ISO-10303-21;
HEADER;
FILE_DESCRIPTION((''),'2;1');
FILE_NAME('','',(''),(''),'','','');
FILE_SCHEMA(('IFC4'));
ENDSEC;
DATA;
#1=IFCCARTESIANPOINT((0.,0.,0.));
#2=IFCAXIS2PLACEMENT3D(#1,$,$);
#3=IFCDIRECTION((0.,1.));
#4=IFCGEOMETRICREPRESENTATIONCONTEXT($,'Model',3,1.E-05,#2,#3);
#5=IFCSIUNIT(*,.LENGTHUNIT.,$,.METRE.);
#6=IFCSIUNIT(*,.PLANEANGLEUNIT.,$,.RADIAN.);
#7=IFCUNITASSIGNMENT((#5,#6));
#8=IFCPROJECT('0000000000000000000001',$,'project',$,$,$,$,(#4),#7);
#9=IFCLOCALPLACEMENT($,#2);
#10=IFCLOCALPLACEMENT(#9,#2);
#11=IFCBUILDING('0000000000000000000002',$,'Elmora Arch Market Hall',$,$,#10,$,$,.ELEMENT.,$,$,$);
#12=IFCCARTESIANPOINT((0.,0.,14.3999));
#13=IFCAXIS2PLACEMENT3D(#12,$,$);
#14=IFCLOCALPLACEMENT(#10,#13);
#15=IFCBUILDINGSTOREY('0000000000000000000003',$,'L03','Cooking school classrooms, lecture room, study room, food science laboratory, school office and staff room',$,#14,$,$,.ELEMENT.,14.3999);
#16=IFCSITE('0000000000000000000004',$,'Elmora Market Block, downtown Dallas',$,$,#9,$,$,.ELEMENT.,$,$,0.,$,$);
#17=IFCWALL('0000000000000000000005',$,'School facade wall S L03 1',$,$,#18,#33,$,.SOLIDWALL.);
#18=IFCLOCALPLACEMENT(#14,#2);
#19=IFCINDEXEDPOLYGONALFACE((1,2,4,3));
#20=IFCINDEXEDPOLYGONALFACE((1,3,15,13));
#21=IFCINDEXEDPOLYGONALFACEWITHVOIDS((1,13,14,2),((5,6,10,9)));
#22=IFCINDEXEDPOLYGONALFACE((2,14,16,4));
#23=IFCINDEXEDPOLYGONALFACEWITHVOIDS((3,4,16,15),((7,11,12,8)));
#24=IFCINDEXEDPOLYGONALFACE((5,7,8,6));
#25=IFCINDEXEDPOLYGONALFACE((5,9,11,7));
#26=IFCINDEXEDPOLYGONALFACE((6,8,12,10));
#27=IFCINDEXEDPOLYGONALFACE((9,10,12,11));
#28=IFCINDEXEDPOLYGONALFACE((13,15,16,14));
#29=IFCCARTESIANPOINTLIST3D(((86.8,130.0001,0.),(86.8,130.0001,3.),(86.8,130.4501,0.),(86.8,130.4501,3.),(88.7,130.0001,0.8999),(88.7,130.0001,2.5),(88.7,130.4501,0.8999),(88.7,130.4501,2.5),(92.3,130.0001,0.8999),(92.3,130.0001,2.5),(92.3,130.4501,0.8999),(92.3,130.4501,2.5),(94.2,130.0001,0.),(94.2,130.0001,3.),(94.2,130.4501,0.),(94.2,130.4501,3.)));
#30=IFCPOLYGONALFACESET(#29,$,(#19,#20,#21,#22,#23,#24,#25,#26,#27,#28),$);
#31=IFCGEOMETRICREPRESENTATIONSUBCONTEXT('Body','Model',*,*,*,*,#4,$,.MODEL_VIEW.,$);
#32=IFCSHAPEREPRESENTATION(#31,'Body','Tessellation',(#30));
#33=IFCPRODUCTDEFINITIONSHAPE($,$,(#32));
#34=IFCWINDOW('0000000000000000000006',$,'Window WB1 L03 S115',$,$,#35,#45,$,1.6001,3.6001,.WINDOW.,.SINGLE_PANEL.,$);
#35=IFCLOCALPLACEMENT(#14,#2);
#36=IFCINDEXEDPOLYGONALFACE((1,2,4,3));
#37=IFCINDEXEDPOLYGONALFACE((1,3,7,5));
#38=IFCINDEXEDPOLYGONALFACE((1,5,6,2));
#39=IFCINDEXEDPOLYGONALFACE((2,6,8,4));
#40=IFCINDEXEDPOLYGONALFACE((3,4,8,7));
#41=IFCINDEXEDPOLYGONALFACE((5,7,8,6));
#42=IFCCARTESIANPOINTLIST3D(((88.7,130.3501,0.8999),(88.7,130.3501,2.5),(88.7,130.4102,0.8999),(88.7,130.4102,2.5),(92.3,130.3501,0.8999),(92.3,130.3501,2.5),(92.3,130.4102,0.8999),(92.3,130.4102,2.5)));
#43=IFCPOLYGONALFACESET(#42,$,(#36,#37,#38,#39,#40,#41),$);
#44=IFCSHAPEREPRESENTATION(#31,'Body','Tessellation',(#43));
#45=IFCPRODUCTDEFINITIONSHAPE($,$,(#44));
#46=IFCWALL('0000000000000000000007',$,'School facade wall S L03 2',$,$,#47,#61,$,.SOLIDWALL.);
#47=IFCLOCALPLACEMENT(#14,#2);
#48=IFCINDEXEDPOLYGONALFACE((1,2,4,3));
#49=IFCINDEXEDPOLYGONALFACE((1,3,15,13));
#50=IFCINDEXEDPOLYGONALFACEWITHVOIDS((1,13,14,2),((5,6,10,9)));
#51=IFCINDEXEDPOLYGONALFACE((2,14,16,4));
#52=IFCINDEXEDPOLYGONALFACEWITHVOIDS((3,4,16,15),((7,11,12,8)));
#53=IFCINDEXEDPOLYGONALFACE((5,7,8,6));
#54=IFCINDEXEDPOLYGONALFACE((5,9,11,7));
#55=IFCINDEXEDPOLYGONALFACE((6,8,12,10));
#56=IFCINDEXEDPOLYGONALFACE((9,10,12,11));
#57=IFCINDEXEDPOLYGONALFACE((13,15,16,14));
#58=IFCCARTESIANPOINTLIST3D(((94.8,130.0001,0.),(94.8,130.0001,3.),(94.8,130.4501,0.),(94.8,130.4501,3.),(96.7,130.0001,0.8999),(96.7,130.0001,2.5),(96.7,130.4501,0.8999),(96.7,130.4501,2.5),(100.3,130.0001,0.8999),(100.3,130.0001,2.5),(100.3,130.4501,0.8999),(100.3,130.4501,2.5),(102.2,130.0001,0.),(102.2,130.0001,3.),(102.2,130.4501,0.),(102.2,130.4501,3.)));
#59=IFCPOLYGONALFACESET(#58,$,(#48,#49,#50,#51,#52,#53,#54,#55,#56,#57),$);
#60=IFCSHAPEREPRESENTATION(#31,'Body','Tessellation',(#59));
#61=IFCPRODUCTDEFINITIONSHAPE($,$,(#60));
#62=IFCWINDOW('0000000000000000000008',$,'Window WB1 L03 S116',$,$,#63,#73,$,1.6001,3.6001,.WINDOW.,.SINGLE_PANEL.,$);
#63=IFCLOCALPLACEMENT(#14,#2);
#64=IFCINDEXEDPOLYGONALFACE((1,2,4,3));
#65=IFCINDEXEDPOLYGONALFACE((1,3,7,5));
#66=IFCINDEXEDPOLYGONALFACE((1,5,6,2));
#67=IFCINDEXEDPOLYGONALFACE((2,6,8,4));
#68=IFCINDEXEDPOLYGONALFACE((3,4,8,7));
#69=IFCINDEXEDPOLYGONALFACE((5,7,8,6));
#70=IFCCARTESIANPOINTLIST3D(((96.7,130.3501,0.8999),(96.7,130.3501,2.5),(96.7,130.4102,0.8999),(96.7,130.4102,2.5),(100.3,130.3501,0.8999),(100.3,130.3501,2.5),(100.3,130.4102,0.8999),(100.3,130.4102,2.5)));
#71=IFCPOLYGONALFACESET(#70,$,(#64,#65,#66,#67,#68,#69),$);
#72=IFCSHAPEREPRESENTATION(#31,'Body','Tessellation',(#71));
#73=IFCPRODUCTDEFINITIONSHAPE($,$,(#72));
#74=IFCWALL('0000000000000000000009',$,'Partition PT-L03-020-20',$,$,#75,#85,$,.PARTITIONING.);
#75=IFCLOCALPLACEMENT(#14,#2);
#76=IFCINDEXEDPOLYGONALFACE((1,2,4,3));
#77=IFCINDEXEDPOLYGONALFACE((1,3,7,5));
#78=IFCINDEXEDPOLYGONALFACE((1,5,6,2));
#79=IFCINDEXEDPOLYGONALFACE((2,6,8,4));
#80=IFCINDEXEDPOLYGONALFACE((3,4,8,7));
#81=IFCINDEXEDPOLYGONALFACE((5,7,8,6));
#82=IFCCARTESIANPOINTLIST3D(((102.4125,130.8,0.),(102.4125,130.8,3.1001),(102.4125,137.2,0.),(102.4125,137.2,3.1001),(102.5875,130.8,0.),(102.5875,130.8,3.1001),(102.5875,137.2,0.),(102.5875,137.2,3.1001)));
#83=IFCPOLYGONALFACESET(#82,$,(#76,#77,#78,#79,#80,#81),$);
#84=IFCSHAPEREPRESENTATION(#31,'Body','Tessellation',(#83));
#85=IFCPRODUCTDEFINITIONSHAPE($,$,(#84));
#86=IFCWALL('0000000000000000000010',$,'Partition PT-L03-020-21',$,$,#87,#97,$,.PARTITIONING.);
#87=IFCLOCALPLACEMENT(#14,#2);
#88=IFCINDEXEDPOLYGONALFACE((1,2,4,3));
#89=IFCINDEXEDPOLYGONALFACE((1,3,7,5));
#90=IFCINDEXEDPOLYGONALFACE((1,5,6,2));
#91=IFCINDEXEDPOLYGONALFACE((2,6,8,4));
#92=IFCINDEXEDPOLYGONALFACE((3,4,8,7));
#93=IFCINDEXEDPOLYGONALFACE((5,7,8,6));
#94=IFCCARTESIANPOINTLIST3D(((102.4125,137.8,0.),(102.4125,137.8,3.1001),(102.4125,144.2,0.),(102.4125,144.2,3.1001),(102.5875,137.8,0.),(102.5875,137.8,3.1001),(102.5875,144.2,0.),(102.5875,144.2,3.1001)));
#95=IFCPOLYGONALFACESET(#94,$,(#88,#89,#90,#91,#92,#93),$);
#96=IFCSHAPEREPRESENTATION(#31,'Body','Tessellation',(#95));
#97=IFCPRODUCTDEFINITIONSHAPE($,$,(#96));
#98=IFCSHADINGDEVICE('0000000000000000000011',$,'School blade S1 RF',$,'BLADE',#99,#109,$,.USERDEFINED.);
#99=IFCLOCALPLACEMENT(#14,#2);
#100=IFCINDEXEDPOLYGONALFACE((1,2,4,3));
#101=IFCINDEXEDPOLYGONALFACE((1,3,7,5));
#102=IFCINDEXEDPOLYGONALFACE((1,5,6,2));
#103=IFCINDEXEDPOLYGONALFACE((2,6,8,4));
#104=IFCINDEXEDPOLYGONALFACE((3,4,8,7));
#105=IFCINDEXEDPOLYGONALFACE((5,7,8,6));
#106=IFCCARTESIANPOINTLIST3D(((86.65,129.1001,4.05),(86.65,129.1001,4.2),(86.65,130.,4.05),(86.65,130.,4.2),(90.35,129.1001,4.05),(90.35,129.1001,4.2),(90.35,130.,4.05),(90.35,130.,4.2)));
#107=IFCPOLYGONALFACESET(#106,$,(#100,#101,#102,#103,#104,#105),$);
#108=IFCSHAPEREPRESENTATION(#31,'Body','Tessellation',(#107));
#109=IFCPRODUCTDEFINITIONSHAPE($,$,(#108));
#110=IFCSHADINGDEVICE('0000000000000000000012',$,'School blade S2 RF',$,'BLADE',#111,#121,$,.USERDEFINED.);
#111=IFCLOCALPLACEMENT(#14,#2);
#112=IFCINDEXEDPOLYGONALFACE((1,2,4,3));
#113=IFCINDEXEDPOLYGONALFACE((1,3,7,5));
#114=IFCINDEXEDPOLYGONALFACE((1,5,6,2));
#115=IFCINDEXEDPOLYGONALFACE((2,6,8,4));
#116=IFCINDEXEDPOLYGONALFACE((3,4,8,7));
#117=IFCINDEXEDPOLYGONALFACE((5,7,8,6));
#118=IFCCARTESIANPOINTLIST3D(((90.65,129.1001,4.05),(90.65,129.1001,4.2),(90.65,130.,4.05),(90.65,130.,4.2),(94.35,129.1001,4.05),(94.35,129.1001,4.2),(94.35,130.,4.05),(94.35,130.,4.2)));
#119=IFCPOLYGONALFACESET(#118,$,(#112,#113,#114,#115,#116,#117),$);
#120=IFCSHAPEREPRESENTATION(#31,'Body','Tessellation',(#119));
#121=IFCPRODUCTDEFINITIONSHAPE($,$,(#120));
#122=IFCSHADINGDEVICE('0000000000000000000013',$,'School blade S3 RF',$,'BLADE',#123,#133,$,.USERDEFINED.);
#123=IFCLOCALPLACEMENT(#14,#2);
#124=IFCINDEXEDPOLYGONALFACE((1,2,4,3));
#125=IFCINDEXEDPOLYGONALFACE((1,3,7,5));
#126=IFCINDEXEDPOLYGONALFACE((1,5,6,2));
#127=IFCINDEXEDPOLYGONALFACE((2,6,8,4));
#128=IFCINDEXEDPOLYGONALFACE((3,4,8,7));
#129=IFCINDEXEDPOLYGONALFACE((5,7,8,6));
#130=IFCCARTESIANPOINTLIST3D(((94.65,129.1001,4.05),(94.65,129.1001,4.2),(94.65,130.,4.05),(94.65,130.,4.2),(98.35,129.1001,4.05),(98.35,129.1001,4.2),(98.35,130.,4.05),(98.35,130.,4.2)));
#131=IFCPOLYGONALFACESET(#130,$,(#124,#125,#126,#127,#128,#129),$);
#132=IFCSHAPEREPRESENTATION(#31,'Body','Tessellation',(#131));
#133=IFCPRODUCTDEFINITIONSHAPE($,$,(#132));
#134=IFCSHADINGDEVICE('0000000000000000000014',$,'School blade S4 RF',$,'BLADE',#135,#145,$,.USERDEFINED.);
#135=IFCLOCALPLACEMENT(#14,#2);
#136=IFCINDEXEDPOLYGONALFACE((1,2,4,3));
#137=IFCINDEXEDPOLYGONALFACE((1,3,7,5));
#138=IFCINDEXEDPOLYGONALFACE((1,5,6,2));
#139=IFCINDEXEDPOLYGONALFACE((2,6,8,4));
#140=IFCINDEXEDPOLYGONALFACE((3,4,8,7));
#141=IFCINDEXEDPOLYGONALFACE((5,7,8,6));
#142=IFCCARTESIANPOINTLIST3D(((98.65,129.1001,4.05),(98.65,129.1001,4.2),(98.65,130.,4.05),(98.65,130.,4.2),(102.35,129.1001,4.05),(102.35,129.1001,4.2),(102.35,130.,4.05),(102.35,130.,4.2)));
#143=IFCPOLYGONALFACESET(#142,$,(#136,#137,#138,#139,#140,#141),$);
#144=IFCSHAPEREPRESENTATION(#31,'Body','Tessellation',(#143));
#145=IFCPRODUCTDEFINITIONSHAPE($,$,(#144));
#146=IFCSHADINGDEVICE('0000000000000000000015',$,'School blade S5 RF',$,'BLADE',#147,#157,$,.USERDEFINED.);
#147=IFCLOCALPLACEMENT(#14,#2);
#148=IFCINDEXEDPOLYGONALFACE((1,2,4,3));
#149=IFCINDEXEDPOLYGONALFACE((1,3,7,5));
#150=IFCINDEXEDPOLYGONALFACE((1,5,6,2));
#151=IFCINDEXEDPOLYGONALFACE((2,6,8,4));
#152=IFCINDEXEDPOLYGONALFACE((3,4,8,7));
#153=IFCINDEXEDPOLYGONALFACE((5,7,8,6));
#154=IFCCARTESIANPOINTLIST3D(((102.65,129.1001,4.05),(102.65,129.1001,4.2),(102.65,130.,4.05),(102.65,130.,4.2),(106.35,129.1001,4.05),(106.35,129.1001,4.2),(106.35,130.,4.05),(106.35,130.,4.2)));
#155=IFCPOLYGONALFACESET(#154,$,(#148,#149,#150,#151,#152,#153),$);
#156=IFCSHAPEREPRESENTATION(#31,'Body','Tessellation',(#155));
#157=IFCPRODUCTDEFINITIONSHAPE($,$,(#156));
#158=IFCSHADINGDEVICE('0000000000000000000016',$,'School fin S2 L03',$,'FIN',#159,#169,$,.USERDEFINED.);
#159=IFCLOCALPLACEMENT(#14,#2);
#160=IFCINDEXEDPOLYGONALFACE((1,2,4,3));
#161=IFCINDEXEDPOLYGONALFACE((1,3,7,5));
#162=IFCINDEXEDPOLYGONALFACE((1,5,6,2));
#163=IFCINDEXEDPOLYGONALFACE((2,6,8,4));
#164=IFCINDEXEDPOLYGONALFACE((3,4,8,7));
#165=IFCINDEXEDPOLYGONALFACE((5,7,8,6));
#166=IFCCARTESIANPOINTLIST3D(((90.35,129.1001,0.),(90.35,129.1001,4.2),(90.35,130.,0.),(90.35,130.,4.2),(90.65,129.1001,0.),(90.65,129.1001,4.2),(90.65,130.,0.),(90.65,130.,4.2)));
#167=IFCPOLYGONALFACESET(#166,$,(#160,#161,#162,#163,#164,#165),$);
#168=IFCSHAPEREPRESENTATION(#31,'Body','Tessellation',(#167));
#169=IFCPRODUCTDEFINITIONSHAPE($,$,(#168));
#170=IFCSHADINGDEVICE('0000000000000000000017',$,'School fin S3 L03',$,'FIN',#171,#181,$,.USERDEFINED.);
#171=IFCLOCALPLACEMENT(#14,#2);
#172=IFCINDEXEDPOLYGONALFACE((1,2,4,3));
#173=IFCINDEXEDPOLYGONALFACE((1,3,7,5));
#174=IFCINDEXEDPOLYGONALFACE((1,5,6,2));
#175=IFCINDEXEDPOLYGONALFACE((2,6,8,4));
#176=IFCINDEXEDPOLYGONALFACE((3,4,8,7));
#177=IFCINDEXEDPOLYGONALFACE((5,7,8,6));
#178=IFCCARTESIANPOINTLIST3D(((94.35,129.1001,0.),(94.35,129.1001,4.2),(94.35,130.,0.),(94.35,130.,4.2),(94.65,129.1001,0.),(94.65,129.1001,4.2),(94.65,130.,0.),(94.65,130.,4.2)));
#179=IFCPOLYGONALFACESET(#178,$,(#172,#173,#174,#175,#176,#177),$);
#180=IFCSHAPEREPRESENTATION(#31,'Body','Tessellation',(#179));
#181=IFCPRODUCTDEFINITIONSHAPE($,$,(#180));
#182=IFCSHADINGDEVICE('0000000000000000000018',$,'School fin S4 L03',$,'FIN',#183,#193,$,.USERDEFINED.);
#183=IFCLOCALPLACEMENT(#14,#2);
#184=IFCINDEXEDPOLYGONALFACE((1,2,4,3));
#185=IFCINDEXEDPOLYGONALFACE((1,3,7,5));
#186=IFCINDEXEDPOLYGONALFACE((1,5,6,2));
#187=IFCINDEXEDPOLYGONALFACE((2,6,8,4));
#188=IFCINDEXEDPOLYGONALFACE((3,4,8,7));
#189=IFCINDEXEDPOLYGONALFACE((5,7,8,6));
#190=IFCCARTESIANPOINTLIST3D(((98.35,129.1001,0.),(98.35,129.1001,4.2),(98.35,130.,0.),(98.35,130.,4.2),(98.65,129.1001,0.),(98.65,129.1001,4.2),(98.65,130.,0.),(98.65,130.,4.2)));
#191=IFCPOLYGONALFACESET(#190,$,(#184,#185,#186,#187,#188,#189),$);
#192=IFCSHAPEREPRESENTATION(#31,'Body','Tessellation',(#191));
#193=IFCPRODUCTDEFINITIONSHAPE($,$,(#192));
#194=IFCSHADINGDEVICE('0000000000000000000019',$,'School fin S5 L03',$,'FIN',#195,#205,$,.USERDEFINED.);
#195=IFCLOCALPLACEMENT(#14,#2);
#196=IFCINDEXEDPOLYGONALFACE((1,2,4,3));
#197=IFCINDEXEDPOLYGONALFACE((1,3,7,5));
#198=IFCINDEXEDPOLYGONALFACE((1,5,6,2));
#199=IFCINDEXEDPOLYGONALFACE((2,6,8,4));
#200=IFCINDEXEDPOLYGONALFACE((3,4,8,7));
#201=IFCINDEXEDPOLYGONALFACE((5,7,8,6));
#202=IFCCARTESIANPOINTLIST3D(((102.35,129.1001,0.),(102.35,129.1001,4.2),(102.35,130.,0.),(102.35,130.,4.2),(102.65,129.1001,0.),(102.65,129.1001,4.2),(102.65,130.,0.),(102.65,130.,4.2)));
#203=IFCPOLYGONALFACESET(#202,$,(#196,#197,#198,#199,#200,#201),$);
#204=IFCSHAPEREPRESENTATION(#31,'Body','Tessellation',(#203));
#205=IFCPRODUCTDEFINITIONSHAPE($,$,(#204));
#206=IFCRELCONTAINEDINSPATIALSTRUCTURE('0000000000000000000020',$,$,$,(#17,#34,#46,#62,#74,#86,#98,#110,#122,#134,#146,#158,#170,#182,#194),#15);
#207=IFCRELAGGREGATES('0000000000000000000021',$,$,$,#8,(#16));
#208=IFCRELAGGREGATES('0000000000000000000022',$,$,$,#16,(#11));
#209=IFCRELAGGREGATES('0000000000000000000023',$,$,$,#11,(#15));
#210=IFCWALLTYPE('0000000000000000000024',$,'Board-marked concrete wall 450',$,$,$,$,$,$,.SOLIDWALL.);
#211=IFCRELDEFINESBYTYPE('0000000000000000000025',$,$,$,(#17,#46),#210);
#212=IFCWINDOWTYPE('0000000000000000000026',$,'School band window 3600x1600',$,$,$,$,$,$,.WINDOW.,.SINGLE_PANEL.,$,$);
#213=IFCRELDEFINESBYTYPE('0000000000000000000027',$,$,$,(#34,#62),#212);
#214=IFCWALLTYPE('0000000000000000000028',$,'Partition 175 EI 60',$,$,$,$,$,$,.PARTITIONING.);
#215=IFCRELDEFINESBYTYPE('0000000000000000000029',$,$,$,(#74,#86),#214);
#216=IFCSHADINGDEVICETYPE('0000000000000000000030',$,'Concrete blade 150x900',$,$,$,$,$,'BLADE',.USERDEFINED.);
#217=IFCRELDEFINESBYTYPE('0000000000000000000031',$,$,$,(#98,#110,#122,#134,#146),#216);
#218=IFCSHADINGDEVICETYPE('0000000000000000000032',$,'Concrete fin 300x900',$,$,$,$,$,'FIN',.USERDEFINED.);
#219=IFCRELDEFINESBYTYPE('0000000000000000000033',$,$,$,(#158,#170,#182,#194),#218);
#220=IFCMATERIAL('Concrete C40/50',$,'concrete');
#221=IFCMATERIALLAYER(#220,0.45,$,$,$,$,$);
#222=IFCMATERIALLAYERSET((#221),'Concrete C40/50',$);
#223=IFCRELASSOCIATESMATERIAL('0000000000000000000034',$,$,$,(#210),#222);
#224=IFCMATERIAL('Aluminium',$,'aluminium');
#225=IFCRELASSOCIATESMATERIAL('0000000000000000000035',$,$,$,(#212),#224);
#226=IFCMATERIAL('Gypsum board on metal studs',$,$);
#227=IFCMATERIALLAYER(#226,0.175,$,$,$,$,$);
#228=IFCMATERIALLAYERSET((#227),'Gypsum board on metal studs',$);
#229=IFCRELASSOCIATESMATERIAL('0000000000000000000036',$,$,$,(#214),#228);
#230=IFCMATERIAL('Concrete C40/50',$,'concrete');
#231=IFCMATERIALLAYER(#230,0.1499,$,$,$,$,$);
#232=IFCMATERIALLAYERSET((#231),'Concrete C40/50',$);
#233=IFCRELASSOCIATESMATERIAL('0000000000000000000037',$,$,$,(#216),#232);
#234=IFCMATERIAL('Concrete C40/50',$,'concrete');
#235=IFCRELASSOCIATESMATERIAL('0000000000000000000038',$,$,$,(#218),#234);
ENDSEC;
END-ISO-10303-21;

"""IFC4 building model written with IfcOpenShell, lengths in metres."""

from ifc_helpers import new_model, si_unit, direction, frame, frame_2d, origin, origin_2d, place, context, subcontext, project, spatial, rectangle, extrude, material, layer, layer_set, type_object, element, fill, save


model = new_model("IFC4")

# Units and contexts
model_context = context("Model", 3, precision=1e-05, world=origin(), true_north=direction((0.0, 1.0)))
body_context = subcontext(model_context, "Body", "Model", "MODEL_VIEW")
ifc_project = project(units=[si_unit("LENGTHUNIT", "METRE"), si_unit("PLANEANGLEUNIT", "RADIAN")], contexts=[model_context])

# Site, building, storey
site_placement = place(None, origin())
site = spatial("IfcSite", under=ifc_project, at=site_placement, Name="Elmora Market Block, downtown Dallas", CompositionType="ELEMENT", RefElevation=0.0)
building_placement = place(site_placement, origin())
building = spatial("IfcBuilding", under=site, at=building_placement, Name="Elmora Arch Market Hall", CompositionType="ELEMENT")
storey_placement = place(building_placement, frame((0.0, 0.0, 14.3999)))
storey = spatial("IfcBuildingStorey", under=building, at=storey_placement, Name="L03", Description="Cooking school classrooms, lecture room, study room, food science laboratory, school office and staff room", CompositionType="ELEMENT", Elevation=14.3999)

# Walls, openings, windows
ifc_material_1 = material(Name="Concrete C40/50", Category="concrete")
ifc_layer_1 = layer(ifc_material_1, 0.45)
ifc_layer_set_1 = layer_set([ifc_layer_1], Name="Concrete C40/50")
wall_type_1 = type_object("IfcWallType", Name="Board-marked concrete wall 450", PredefinedType="SOLIDWALL", material=ifc_layer_set_1)
wall_1_placement = place(storey_placement, frame((94.2, 130.2251, 0.0), z_axis=(0.0, 0.0, 1.0), x_axis=(-1.0, 0.0, 0.0)))
wall_1 = element("IfcWall", 1, at=wall_1_placement, inside=storey, type_object=wall_type_1, Name="School facade wall S L03 1", PredefinedType="SOLIDWALL", context=body_context, shape_type="SweptSolid", body=[
    extrude(rectangle(XDim=7.3999, YDim=0.45, at=frame_2d((3.7, 0.0))), origin(), (0.0, 0.0, 1.0), 3.0),
])
opening_1_placement = place(wall_1_placement, frame((1.8999, 0.0, 0.8999)))
opening_1 = element("IfcOpeningElement", 2, at=opening_1_placement, cuts=wall_1, PredefinedType="OPENING", context=body_context, shape_type="SweptSolid", body=[
    extrude(rectangle(XDim=3.6001, YDim=1.6001, at=frame_2d((1.8, 0.8))), frame((0.0, 0.2349, 0.0), z_axis=(0.0, -1.0, 0.0), x_axis=(1.0, 0.0, 0.0)), (0.0, 0.0, 1.0), 0.47),
])
ifc_material_2 = material(Name="Aluminium", Category="aluminium")
window_type = type_object("IfcWindowType", Name="School band window 3600x1600", PartitioningType="SINGLE_PANEL", PredefinedType="WINDOW", material=ifc_material_2)
window_1_placement = place(opening_1_placement, origin())
window_1 = element("IfcWindow", 3, at=window_1_placement, inside=storey, type_object=window_type, Name="Window WB1 L03 S115", OverallHeight=1.6001, OverallWidth=3.6001, PartitioningType="SINGLE_PANEL", PredefinedType="WINDOW", context=body_context, shape_type="SweptSolid", body=[
    extrude(rectangle(XDim=3.6001, YDim=1.6001, at=frame_2d((1.8, 0.8))), frame((0.0, -0.125, 0.0), z_axis=(0.0, -1.0, 0.0), x_axis=(1.0, 0.0, 0.0)), (0.0, 0.0, 1.0), 0.0601),
])
fill(opening_1, window_1)
wall_2_placement = place(storey_placement, frame((102.2, 130.2251, 0.0), z_axis=(0.0, 0.0, 1.0), x_axis=(-1.0, 0.0, 0.0)))
wall_2 = element("IfcWall", 4, at=wall_2_placement, inside=storey, type_object=wall_type_1, Name="School facade wall S L03 2", PredefinedType="SOLIDWALL", context=body_context, shape_type="SweptSolid", body=[
    extrude(rectangle(XDim=7.3999, YDim=0.45, at=frame_2d((3.7, 0.0))), origin(), (0.0, 0.0, 1.0), 3.0),
])
opening_2_placement = place(wall_2_placement, frame((1.8999, 0.0, 0.8999)))
opening_2 = element("IfcOpeningElement", 5, at=opening_2_placement, cuts=wall_2, PredefinedType="OPENING", context=body_context, shape_type="SweptSolid", body=[
    extrude(rectangle(XDim=3.6001, YDim=1.6001, at=frame_2d((1.8, 0.8))), frame((0.0, 0.2349, 0.0), z_axis=(0.0, -1.0, 0.0), x_axis=(1.0, 0.0, 0.0)), (0.0, 0.0, 1.0), 0.47),
])
window_2_placement = place(opening_2_placement, origin())
window_2 = element("IfcWindow", 6, at=window_2_placement, inside=storey, type_object=window_type, Name="Window WB1 L03 S116", OverallHeight=1.6001, OverallWidth=3.6001, PartitioningType="SINGLE_PANEL", PredefinedType="WINDOW", context=body_context, shape_type="SweptSolid", body=[
    extrude(rectangle(XDim=3.6001, YDim=1.6001, at=frame_2d((1.8, 0.8))), frame((0.0, -0.125, 0.0), z_axis=(0.0, -1.0, 0.0), x_axis=(1.0, 0.0, 0.0)), (0.0, 0.0, 1.0), 0.0601),
])
fill(opening_2, window_2)

# Walls
ifc_material_3 = material(Name="Gypsum board on metal studs")
ifc_layer_2 = layer(ifc_material_3, 0.175)
ifc_layer_set_2 = layer_set([ifc_layer_2], Name="Gypsum board on metal studs")
wall_type_2 = type_object("IfcWallType", Name="Partition 175 EI 60", PredefinedType="PARTITIONING", material=ifc_layer_set_2)
for number, where, z_axis, x_axis, name in (
    (7, (102.5, 130.8, 0.0), (0.0, 0.0, 1.0), (0.0, 1.0, 0.0), "Partition PT-L03-020-20"),
    (8, (102.5, 137.8, 0.0), (0.0, 0.0, 1.0), (0.0, 1.0, 0.0), "Partition PT-L03-020-21"),
):
    element("IfcWall", number, at=place(storey_placement, frame(where, z_axis=z_axis, x_axis=x_axis)), inside=storey, type_object=wall_type_2, Name=name, PredefinedType="PARTITIONING", context=body_context, shape_type="SweptSolid", body=[
        extrude(rectangle(XDim=6.3999, YDim=0.175, at=frame_2d((3.2, 0.0))), origin(), (0.0, 0.0, 1.0), 3.1001),
    ])

# Shading devices
ifc_material_4 = material(Name="Concrete C40/50", Category="concrete")
ifc_layer_3 = layer(ifc_material_4, 0.1499)
ifc_layer_set_3 = layer_set([ifc_layer_3], Name="Concrete C40/50")
shading_device_type_1 = type_object("IfcShadingDeviceType", Name="Concrete blade 150x900", ElementType="BLADE", PredefinedType="USERDEFINED", material=ifc_layer_set_3)
for number, where, z_axis, x_axis, name in (
    (9, (88.5, 129.55, 4.05), (0.0, 0.0, 1.0), (1.0, 0.0, 0.0), "School blade S1 RF"),
    (10, (92.5, 129.55, 4.05), (0.0, 0.0, 1.0), (1.0, 0.0, 0.0), "School blade S2 RF"),
    (11, (96.5, 129.55, 4.05), (0.0, 0.0, 1.0), (1.0, 0.0, 0.0), "School blade S3 RF"),
    (12, (100.5, 129.55, 4.05), (0.0, 0.0, 1.0), (1.0, 0.0, 0.0), "School blade S4 RF"),
    (13, (104.5, 129.55, 4.05), (0.0, 0.0, 1.0), (1.0, 0.0, 0.0), "School blade S5 RF"),
):
    element("IfcShadingDevice", number, at=place(storey_placement, frame(where, z_axis=z_axis, x_axis=x_axis)), inside=storey, type_object=shading_device_type_1, Name=name, ObjectType="BLADE", PredefinedType="USERDEFINED", context=body_context, shape_type="SweptSolid", body=[
        extrude(rectangle(XDim=3.7, YDim=0.8999, at=origin_2d()), origin(), (0.0, 0.0, 1.0), 0.1499),
    ])
ifc_material_5 = material(Name="Concrete C40/50", Category="concrete")
shading_device_type_2 = type_object("IfcShadingDeviceType", Name="Concrete fin 300x900", ElementType="FIN", PredefinedType="USERDEFINED", material=ifc_material_5)
for number, where, z_axis, x_axis, name in (
    (14, (90.5, 129.55, 0.0), (0.0, 0.0, 1.0), (1.0, 0.0, 0.0), "School fin S2 L03"),
    (15, (94.5, 129.55, 0.0), (0.0, 0.0, 1.0), (1.0, 0.0, 0.0), "School fin S3 L03"),
    (16, (98.5, 129.55, 0.0), (0.0, 0.0, 1.0), (1.0, 0.0, 0.0), "School fin S4 L03"),
    (17, (102.5, 129.55, 0.0), (0.0, 0.0, 1.0), (1.0, 0.0, 0.0), "School fin S5 L03"),
):
    element("IfcShadingDevice", number, at=place(storey_placement, frame(where, z_axis=z_axis, x_axis=x_axis)), inside=storey, type_object=shading_device_type_2, Name=name, ObjectType="FIN", PredefinedType="USERDEFINED", context=body_context, shape_type="SweptSolid", body=[
        extrude(rectangle(XDim=0.3, YDim=0.8999, at=origin_2d()), origin(), (0.0, 0.0, 1.0), 4.2),
    ])

save(model, "model.ifc")
